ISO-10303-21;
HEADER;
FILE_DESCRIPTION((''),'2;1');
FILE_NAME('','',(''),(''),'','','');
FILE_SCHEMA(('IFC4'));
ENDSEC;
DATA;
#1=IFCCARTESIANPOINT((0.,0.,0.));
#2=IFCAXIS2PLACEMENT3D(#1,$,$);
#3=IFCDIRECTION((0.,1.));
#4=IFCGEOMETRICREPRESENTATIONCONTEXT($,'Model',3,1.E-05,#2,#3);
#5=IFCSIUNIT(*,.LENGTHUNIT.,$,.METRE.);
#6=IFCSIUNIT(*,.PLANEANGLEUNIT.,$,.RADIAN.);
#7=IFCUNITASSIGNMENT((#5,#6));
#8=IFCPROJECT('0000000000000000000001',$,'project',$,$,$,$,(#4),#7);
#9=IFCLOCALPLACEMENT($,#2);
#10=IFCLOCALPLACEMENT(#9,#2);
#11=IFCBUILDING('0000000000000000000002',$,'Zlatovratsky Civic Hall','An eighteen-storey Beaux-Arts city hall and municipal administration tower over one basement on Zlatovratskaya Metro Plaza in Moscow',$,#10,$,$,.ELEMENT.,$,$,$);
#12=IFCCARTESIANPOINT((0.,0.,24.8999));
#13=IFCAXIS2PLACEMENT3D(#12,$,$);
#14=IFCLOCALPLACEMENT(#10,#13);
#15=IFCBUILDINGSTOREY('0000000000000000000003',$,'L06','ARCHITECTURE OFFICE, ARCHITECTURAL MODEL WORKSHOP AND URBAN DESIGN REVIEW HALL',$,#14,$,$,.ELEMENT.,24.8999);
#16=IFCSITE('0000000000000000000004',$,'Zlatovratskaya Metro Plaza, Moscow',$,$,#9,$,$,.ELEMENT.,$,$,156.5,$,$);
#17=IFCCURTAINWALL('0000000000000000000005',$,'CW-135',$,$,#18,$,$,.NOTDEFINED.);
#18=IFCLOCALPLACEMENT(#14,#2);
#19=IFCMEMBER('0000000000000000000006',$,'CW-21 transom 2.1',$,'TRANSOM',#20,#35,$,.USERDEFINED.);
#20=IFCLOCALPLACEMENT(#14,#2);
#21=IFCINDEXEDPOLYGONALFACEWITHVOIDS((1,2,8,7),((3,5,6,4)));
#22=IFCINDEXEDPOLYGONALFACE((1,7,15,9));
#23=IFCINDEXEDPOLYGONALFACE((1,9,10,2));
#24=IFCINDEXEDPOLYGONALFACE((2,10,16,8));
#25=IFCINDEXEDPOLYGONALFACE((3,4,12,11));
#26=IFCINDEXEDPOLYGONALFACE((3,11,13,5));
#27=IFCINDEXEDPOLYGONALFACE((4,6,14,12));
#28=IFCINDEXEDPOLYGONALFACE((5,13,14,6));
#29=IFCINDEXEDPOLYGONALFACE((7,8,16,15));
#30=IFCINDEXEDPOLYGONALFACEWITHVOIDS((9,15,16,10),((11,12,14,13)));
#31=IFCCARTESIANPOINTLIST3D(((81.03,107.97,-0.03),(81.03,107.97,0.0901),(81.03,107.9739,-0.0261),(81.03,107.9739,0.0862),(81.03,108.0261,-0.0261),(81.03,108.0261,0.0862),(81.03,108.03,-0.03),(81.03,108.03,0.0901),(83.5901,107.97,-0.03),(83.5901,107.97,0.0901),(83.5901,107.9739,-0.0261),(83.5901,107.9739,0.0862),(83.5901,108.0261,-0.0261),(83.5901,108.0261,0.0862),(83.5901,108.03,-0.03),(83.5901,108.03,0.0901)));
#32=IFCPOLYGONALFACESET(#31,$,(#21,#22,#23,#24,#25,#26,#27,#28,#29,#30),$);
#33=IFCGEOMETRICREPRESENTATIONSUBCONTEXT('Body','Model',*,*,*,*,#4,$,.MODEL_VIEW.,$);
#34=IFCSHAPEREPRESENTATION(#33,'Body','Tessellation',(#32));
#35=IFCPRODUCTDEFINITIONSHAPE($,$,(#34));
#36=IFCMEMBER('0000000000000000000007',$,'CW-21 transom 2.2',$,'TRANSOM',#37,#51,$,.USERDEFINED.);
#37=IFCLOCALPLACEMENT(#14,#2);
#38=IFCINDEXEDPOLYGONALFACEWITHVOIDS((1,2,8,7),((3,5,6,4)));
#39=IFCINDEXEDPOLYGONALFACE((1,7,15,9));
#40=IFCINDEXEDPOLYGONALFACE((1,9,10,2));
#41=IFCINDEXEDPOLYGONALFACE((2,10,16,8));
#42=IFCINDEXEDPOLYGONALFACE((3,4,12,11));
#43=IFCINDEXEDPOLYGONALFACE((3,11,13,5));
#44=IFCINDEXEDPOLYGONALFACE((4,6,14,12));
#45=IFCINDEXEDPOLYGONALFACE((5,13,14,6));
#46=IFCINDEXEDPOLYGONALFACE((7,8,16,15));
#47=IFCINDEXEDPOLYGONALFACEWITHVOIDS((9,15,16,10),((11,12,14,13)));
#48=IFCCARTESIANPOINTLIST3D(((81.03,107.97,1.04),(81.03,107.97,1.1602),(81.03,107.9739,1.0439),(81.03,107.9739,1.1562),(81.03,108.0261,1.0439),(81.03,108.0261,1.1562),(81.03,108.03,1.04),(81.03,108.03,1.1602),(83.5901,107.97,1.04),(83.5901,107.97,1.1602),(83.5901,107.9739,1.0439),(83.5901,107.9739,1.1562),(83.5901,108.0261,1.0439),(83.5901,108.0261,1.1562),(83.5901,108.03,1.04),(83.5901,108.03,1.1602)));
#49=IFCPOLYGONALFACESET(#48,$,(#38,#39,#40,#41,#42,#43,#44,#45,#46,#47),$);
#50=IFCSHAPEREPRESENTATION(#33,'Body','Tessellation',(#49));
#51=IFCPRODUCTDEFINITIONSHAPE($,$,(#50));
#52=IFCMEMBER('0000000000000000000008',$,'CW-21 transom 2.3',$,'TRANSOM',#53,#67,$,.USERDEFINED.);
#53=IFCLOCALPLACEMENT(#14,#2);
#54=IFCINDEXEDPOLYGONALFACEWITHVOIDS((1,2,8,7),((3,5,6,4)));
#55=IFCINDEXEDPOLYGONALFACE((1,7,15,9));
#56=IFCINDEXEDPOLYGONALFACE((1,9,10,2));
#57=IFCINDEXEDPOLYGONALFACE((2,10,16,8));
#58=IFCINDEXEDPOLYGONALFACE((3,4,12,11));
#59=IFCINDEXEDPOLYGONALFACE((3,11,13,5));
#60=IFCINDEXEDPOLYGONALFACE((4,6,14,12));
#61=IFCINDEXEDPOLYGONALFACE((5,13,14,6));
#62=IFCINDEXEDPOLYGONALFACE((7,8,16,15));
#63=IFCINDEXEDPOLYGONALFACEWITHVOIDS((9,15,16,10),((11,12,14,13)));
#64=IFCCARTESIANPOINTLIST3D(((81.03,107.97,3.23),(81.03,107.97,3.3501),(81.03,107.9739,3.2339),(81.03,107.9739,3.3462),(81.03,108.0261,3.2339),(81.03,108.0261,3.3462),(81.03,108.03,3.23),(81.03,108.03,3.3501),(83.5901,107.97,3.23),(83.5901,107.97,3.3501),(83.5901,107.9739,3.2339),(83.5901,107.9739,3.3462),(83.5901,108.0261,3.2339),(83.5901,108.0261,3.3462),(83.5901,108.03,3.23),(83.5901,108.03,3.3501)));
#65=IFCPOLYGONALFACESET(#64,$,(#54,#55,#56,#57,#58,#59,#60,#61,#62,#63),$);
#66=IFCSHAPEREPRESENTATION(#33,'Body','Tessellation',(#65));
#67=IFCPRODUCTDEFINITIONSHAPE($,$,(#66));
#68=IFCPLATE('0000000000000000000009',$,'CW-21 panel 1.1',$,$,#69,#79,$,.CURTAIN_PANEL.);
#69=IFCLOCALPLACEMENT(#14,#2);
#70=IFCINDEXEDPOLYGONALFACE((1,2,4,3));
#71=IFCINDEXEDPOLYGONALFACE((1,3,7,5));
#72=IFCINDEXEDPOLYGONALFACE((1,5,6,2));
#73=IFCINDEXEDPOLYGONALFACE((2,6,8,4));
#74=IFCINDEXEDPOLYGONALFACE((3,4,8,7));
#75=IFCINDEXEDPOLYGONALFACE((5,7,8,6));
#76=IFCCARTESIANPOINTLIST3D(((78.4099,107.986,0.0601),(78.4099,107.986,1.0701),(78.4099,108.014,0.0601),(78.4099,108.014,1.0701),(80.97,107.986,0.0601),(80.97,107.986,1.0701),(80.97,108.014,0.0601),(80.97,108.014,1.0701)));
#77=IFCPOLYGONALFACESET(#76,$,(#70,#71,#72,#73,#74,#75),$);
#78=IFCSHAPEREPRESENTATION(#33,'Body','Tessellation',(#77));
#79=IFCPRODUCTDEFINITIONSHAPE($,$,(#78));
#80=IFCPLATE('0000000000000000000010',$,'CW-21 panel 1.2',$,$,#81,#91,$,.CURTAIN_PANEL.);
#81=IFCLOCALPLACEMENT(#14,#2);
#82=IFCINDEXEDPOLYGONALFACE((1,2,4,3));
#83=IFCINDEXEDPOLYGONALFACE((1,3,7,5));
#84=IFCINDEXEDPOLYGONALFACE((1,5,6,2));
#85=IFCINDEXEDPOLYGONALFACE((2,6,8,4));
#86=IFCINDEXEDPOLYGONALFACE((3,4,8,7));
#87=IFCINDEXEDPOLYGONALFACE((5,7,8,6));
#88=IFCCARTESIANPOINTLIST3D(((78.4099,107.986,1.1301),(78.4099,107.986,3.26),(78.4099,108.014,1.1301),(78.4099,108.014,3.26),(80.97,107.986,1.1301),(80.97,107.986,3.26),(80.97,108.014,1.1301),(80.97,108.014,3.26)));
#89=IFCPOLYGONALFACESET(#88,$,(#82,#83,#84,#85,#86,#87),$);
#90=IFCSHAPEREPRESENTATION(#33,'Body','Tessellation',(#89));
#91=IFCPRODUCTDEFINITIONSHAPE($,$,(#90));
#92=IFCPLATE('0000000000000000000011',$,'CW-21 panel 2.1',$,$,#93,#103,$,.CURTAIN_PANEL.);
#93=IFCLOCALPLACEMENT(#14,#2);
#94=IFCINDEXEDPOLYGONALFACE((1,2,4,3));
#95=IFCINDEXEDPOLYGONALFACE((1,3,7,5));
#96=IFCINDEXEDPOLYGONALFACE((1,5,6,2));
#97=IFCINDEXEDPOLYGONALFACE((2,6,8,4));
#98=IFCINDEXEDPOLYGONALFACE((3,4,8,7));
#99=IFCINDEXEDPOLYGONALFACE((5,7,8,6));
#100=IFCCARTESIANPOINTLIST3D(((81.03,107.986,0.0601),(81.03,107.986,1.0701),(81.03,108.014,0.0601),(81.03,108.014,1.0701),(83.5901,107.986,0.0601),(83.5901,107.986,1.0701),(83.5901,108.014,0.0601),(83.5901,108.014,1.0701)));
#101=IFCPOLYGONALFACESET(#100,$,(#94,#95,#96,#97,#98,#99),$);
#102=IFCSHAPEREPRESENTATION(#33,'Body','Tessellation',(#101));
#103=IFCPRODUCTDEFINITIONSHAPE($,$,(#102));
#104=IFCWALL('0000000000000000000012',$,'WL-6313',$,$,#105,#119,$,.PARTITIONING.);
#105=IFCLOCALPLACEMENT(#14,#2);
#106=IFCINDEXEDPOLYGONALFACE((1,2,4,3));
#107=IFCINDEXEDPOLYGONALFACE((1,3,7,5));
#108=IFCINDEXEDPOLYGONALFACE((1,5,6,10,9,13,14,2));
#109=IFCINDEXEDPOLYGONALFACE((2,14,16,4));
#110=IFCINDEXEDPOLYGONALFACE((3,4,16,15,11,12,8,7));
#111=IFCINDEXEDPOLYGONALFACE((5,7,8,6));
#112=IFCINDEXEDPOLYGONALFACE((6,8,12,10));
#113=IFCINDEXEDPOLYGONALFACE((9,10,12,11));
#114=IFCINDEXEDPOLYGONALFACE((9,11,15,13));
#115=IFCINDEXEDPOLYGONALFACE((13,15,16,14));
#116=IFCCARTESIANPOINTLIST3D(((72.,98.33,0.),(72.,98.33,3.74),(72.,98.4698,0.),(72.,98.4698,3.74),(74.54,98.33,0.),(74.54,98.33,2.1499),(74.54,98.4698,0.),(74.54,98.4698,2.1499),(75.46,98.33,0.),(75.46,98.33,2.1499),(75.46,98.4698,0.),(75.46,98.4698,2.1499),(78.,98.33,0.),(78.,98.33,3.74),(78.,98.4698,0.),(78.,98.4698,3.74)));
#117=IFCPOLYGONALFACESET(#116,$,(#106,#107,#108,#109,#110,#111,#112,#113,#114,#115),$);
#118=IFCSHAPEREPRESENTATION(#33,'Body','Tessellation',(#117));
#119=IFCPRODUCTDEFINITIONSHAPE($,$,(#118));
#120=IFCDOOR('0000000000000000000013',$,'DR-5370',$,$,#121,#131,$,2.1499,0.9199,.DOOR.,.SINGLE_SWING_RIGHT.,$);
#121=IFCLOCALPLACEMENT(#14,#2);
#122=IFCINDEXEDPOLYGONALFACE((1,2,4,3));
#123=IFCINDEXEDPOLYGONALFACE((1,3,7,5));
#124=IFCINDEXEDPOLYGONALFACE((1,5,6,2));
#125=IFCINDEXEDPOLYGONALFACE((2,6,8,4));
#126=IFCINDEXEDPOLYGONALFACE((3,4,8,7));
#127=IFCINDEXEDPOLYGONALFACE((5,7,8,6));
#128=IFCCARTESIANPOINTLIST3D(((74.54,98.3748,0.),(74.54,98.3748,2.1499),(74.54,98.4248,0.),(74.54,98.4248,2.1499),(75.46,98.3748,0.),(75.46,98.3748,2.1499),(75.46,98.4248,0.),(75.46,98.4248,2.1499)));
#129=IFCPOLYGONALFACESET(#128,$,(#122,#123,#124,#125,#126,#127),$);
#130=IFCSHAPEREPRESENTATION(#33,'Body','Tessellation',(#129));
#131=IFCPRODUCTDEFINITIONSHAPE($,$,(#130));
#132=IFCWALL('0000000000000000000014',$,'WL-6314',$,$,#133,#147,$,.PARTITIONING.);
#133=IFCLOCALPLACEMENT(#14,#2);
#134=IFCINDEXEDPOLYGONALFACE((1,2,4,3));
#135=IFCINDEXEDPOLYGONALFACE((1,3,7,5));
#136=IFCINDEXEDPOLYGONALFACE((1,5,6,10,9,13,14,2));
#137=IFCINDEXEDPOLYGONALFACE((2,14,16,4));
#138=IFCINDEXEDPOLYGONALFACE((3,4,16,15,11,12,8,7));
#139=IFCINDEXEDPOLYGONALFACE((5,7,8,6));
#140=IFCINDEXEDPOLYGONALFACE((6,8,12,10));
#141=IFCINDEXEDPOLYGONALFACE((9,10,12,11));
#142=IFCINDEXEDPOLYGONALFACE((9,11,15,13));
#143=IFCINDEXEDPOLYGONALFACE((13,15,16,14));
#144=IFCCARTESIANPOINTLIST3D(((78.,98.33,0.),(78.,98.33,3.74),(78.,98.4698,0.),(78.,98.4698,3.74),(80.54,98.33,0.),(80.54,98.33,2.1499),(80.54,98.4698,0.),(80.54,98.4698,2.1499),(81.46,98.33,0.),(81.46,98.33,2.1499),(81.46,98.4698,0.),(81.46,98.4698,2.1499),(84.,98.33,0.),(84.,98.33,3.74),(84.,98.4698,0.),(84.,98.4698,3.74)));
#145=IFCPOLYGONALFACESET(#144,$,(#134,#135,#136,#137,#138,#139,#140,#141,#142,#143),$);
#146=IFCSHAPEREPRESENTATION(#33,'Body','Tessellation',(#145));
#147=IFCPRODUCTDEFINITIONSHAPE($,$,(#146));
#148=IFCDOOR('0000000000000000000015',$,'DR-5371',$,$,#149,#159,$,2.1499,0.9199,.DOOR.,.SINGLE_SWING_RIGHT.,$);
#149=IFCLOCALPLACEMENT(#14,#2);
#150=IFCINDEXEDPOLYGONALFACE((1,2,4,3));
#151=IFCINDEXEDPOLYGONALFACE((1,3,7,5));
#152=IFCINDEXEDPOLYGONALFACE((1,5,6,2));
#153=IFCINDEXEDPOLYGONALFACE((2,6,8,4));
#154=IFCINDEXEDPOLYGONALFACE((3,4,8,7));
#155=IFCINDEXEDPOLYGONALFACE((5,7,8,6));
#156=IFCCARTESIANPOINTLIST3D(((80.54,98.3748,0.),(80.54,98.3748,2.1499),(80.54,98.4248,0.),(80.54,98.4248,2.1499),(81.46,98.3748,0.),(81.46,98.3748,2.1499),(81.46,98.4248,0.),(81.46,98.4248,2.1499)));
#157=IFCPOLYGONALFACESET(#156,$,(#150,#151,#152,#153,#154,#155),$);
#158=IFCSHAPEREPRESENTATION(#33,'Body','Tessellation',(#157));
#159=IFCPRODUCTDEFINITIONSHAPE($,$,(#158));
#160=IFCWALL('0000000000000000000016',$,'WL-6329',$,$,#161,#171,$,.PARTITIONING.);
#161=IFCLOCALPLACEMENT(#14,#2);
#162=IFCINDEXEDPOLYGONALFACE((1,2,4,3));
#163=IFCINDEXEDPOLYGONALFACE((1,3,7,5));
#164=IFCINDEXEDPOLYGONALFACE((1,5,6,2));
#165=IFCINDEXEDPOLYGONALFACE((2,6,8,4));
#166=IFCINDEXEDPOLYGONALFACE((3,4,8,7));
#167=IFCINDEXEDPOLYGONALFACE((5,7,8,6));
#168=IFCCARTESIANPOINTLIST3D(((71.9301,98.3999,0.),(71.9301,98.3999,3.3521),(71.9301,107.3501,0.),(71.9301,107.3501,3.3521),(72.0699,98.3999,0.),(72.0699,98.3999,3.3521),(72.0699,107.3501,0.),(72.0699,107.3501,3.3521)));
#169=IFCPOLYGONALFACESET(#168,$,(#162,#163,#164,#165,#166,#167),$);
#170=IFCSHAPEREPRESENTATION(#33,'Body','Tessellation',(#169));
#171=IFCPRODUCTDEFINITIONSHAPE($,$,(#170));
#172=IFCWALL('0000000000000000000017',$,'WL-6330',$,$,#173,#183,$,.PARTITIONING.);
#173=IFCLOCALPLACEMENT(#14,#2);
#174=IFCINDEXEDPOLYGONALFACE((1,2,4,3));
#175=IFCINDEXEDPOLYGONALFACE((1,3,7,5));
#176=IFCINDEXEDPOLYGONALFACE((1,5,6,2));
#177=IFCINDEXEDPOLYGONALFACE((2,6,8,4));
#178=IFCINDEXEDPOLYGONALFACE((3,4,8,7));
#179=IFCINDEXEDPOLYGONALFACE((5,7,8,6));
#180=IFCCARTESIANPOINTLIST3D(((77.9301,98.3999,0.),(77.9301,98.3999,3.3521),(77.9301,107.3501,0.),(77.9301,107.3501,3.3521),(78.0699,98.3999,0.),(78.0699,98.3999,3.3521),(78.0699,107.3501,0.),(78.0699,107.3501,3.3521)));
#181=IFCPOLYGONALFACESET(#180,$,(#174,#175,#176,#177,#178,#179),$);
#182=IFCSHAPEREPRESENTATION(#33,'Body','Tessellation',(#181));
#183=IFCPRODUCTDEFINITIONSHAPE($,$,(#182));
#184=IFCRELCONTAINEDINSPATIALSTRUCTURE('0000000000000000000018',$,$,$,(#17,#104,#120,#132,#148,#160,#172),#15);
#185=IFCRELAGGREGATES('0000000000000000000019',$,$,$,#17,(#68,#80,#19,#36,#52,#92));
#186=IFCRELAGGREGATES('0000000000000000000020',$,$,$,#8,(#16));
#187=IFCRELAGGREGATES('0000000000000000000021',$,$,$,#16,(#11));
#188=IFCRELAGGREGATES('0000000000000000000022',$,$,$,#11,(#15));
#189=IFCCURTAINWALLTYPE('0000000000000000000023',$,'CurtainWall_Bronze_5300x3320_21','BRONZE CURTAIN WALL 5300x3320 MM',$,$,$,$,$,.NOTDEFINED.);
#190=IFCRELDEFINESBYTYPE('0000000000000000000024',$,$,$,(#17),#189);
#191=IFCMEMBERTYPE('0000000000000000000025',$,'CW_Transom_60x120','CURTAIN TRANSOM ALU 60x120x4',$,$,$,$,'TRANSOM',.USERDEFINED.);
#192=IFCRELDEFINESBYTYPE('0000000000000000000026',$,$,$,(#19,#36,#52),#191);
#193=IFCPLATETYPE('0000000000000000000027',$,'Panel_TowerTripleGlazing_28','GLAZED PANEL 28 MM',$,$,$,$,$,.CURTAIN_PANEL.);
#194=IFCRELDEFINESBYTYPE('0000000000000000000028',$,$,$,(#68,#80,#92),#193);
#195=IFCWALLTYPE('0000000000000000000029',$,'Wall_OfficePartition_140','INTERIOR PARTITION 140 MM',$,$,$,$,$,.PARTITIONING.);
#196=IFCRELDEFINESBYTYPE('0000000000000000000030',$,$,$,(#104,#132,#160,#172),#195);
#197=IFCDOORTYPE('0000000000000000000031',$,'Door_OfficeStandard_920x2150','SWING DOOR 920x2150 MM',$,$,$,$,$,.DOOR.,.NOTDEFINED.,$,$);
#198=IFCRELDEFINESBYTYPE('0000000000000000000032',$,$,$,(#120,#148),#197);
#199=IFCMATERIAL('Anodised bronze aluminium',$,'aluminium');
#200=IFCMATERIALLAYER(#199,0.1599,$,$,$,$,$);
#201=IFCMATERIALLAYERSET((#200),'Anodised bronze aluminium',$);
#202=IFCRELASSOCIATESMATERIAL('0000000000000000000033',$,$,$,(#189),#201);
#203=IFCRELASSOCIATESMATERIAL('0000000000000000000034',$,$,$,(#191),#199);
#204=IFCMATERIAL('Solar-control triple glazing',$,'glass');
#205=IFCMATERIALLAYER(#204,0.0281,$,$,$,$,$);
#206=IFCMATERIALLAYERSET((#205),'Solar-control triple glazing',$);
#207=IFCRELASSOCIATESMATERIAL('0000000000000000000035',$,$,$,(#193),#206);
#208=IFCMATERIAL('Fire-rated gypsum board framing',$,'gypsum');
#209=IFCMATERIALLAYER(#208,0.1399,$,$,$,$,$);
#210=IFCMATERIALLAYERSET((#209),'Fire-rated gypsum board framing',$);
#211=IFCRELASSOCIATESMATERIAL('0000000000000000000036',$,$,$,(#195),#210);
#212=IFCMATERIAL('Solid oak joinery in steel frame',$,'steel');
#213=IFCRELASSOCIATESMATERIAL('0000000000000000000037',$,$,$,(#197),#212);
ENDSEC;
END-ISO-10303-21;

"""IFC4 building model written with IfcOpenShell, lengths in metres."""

from ifc_helpers import new_model, si_unit, direction, frame, frame_2d, origin, origin_2d, place, context, subcontext, project, spatial, rectangle, hollow_rectangle, extrude, material, layer, layer_set, material_profile, profile_set, type_object, element, fill, aggregate, save


model = new_model("IFC4")

# Units and contexts
model_context = context("Model", 3, precision=1e-05, world=origin(), true_north=direction((0.0, 1.0)))
body_context = subcontext(model_context, "Body", "Model", "MODEL_VIEW")
ifc_project = project(units=[si_unit("LENGTHUNIT", "METRE"), si_unit("PLANEANGLEUNIT", "RADIAN")], contexts=[model_context])

# Site, building, storey
site_placement = place(None, origin())
site = spatial("IfcSite", under=ifc_project, at=site_placement, Name="Zlatovratskaya Metro Plaza, Moscow", CompositionType="ELEMENT", RefElevation=156.5)
building_placement = place(site_placement, origin())
building = spatial("IfcBuilding", under=site, at=building_placement, Name="Zlatovratsky Civic Hall", Description="An eighteen-storey Beaux-Arts city hall and municipal administration tower over one basement on Zlatovratskaya Metro Plaza in Moscow", CompositionType="ELEMENT")
storey_placement = place(building_placement, frame((0.0, 0.0, 24.8999)))
storey = spatial("IfcBuildingStorey", under=building, at=storey_placement, Name="L06", Description="ARCHITECTURE OFFICE, ARCHITECTURAL MODEL WORKSHOP AND URBAN DESIGN REVIEW HALL", CompositionType="ELEMENT", Elevation=24.8999)

# Curtain wall, members, plates
ifc_material_1 = material(Name="Anodised bronze aluminium", Category="aluminium")
ifc_layer_1 = layer(ifc_material_1, 0.1599)
ifc_layer_set_1 = layer_set([ifc_layer_1], Name="Anodised bronze aluminium")
curtain_wall_type = type_object("IfcCurtainWallType", Name="CurtainWall_Bronze_5300x3320_21", Description="BRONZE CURTAIN WALL 5300x3320 MM", PredefinedType="NOTDEFINED", material=ifc_layer_set_1)
curtain_wall_placement = place(storey_placement, origin())
curtain_wall = element("IfcCurtainWall", 1, at=curtain_wall_placement, inside=storey, type_object=curtain_wall_type, Name="CW-135", PredefinedType="NOTDEFINED")
ifc_material_profile_1 = material_profile(ifc_material_1, hollow_rectangle(XDim=0.0601, YDim=0.1201, WallThickness=0.0039, at=origin_2d()), Name="ALU 60x120x4")
ifc_profile_set_1 = profile_set([ifc_material_profile_1], Name="Anodised bronze aluminium")
member_type_1 = type_object("IfcMemberType", Name="CW_Transom_60x120", Description="CURTAIN TRANSOM ALU 60x120x4", ElementType="TRANSOM", PredefinedType="USERDEFINED", material=ifc_profile_set_1)
member_1_placement = place(storey_placement, frame((81.03, 108.0, 0.03), z_axis=(1.0, 0.0, 0.0), x_axis=(0.0, 1.0, 0.0)))
member_1 = element("IfcMember", 2, at=member_1_placement, type_object=member_type_1, Name="CW-21 transom 2.1", ObjectType="TRANSOM", PredefinedType="USERDEFINED", context=body_context, shape_type="SweptSolid", body=[
    extrude(hollow_rectangle(XDim=0.0601, YDim=0.1201, WallThickness=0.0039, at=origin_2d()), origin(), (0.0, 0.0, 1.0), 2.5601),
])
member_2_placement = place(storey_placement, frame((81.03, 108.0, 1.1001), z_axis=(1.0, 0.0, 0.0), x_axis=(0.0, 1.0, 0.0)))
member_2 = element("IfcMember", 3, at=member_2_placement, type_object=member_type_1, Name="CW-21 transom 2.2", ObjectType="TRANSOM", PredefinedType="USERDEFINED", context=body_context, shape_type="SweptSolid", body=[
    extrude(hollow_rectangle(XDim=0.0601, YDim=0.1201, WallThickness=0.0039, at=origin_2d()), origin(), (0.0, 0.0, 1.0), 2.5601),
])
member_3_placement = place(storey_placement, frame((81.03, 108.0, 3.29), z_axis=(1.0, 0.0, 0.0), x_axis=(0.0, 1.0, 0.0)))
member_3 = element("IfcMember", 4, at=member_3_placement, type_object=member_type_1, Name="CW-21 transom 2.3", ObjectType="TRANSOM", PredefinedType="USERDEFINED", context=body_context, shape_type="SweptSolid", body=[
    extrude(hollow_rectangle(XDim=0.0601, YDim=0.1201, WallThickness=0.0039, at=origin_2d()), origin(), (0.0, 0.0, 1.0), 2.5601),
])
ifc_material_2 = material(Name="Solar-control triple glazing", Category="glass")
ifc_layer_2 = layer(ifc_material_2, 0.0281)
ifc_layer_set_2 = layer_set([ifc_layer_2], Name="Solar-control triple glazing")
plate_type = type_object("IfcPlateType", Name="Panel_TowerTripleGlazing_28", Description="GLAZED PANEL 28 MM", PredefinedType="CURTAIN_PANEL", material=ifc_layer_set_2)
plate_1_placement = place(storey_placement, frame((79.6899, 108.0, 0.0601), z_axis=(0.0, 0.0, 1.0), x_axis=(1.0, 0.0, 0.0)))
plate_1 = element("IfcPlate", 5, at=plate_1_placement, type_object=plate_type, Name="CW-21 panel 1.1", PredefinedType="CURTAIN_PANEL", context=body_context, shape_type="SweptSolid", body=[
    extrude(rectangle(XDim=2.5601, YDim=0.0281, at=origin_2d()), origin(), (0.0, 0.0, 1.0), 1.01),
])
plate_2_placement = place(storey_placement, frame((79.6899, 108.0, 1.1301), z_axis=(0.0, 0.0, 1.0), x_axis=(1.0, 0.0, 0.0)))
plate_2 = element("IfcPlate", 6, at=plate_2_placement, type_object=plate_type, Name="CW-21 panel 1.2", PredefinedType="CURTAIN_PANEL", context=body_context, shape_type="SweptSolid", body=[
    extrude(rectangle(XDim=2.5601, YDim=0.0281, at=origin_2d()), origin(), (0.0, 0.0, 1.0), 2.1299),
])
plate_3_placement = place(storey_placement, frame((82.3101, 108.0, 0.0601), z_axis=(0.0, 0.0, 1.0), x_axis=(1.0, 0.0, 0.0)))
plate_3 = element("IfcPlate", 7, at=plate_3_placement, type_object=plate_type, Name="CW-21 panel 2.1", PredefinedType="CURTAIN_PANEL", context=body_context, shape_type="SweptSolid", body=[
    extrude(rectangle(XDim=2.5601, YDim=0.0281, at=origin_2d()), origin(), (0.0, 0.0, 1.0), 1.01),
])
aggregate(curtain_wall, [plate_1, plate_2, member_1, member_2, member_3, plate_3])

# Walls, openings, doors
ifc_material_3 = material(Name="Fire-rated gypsum board framing", Category="gypsum")
ifc_layer_3 = layer(ifc_material_3, 0.1399)
ifc_layer_set_3 = layer_set([ifc_layer_3], Name="Fire-rated gypsum board framing")
wall_type_1 = type_object("IfcWallType", Name="Wall_OfficePartition_140", Description="INTERIOR PARTITION 140 MM", PredefinedType="PARTITIONING", material=ifc_layer_set_3)
wall_1_placement = place(storey_placement, frame((72.0, 98.3999, 0.0), z_axis=(0.0, 0.0, 1.0), x_axis=(1.0, 0.0, 0.0)))
wall_1 = element("IfcWall", 8, at=wall_1_placement, inside=storey, type_object=wall_type_1, Name="WL-6313", PredefinedType="PARTITIONING", context=body_context, shape_type="SweptSolid", body=[
    extrude(rectangle(XDim=6.0, YDim=0.1399, at=frame_2d((3.0, 0.0))), origin(), (0.0, 0.0, 1.0), 3.74),
])
opening_1_placement = place(wall_1_placement, frame((2.54, 0.0, 0.0)))
opening_1 = element("IfcOpeningElement", 9, at=opening_1_placement, cuts=wall_1, PredefinedType="OPENING", context=body_context, shape_type="SweptSolid", body=[
    extrude(rectangle(XDim=0.9199, YDim=2.1499, at=frame_2d((0.46, 1.075))), frame((0.0, 0.085, 0.0), z_axis=(0.0, -1.0, 0.0), x_axis=(1.0, 0.0, 0.0)), (0.0, 0.0, 1.0), 0.1697),
])
ifc_material_4 = material(Name="Solid oak joinery in steel frame", Category="steel")
door_type = type_object("IfcDoorType", Name="Door_OfficeStandard_920x2150", Description="SWING DOOR 920x2150 MM", OperationType="NOTDEFINED", PredefinedType="DOOR", material=ifc_material_4)
door_1_placement = place(opening_1_placement, origin())
door_1 = element("IfcDoor", 10, at=door_1_placement, inside=storey, type_object=door_type, Name="DR-5370", OperationType="SINGLE_SWING_RIGHT", OverallHeight=2.1499, OverallWidth=0.9199, PredefinedType="DOOR", context=body_context, shape_type="SweptSolid", body=[
    extrude(rectangle(XDim=0.9199, YDim=2.1499, at=frame_2d((0.46, 1.075))), frame((0.0, 0.0249, 0.0), z_axis=(0.0, -1.0, 0.0), x_axis=(1.0, 0.0, 0.0)), (0.0, 0.0, 1.0), 0.05),
])
fill(opening_1, door_1)
wall_2_placement = place(storey_placement, frame((78.0, 98.3999, 0.0), z_axis=(0.0, 0.0, 1.0), x_axis=(1.0, 0.0, 0.0)))
wall_2 = element("IfcWall", 11, at=wall_2_placement, inside=storey, type_object=wall_type_1, Name="WL-6314", PredefinedType="PARTITIONING", context=body_context, shape_type="SweptSolid", body=[
    extrude(rectangle(XDim=6.0, YDim=0.1399, at=frame_2d((3.0, 0.0))), origin(), (0.0, 0.0, 1.0), 3.74),
])
opening_2_placement = place(wall_2_placement, frame((2.54, 0.0, 0.0)))
opening_2 = element("IfcOpeningElement", 12, at=opening_2_placement, cuts=wall_2, PredefinedType="OPENING", context=body_context, shape_type="SweptSolid", body=[
    extrude(rectangle(XDim=0.9199, YDim=2.1499, at=frame_2d((0.46, 1.075))), frame((0.0, 0.085, 0.0), z_axis=(0.0, -1.0, 0.0), x_axis=(1.0, 0.0, 0.0)), (0.0, 0.0, 1.0), 0.1697),
])
door_2_placement = place(opening_2_placement, origin())
door_2 = element("IfcDoor", 13, at=door_2_placement, inside=storey, type_object=door_type, Name="DR-5371", OperationType="SINGLE_SWING_RIGHT", OverallHeight=2.1499, OverallWidth=0.9199, PredefinedType="DOOR", context=body_context, shape_type="SweptSolid", body=[
    extrude(rectangle(XDim=0.9199, YDim=2.1499, at=frame_2d((0.46, 1.075))), frame((0.0, 0.0249, 0.0), z_axis=(0.0, -1.0, 0.0), x_axis=(1.0, 0.0, 0.0)), (0.0, 0.0, 1.0), 0.05),
])
fill(opening_2, door_2)

# Walls
for number, where, z_axis, x_axis, name in (
    (14, (72.0, 98.3999, 0.0), (0.0, 0.0, 1.0), (0.0, 1.0, 0.0), "WL-6329"),
    (15, (78.0, 98.3999, 0.0), (0.0, 0.0, 1.0), (0.0, 1.0, 0.0), "WL-6330"),
):
    element("IfcWall", number, at=place(storey_placement, frame(where, z_axis=z_axis, x_axis=x_axis)), inside=storey, type_object=wall_type_1, Name=name, PredefinedType="PARTITIONING", context=body_context, shape_type="SweptSolid", body=[
        extrude(rectangle(XDim=8.9502, YDim=0.1399, at=frame_2d((4.4751, 0.0))), origin(), (0.0, 0.0, 1.0), 3.3521),
    ])

save(model, "model.ifc")
